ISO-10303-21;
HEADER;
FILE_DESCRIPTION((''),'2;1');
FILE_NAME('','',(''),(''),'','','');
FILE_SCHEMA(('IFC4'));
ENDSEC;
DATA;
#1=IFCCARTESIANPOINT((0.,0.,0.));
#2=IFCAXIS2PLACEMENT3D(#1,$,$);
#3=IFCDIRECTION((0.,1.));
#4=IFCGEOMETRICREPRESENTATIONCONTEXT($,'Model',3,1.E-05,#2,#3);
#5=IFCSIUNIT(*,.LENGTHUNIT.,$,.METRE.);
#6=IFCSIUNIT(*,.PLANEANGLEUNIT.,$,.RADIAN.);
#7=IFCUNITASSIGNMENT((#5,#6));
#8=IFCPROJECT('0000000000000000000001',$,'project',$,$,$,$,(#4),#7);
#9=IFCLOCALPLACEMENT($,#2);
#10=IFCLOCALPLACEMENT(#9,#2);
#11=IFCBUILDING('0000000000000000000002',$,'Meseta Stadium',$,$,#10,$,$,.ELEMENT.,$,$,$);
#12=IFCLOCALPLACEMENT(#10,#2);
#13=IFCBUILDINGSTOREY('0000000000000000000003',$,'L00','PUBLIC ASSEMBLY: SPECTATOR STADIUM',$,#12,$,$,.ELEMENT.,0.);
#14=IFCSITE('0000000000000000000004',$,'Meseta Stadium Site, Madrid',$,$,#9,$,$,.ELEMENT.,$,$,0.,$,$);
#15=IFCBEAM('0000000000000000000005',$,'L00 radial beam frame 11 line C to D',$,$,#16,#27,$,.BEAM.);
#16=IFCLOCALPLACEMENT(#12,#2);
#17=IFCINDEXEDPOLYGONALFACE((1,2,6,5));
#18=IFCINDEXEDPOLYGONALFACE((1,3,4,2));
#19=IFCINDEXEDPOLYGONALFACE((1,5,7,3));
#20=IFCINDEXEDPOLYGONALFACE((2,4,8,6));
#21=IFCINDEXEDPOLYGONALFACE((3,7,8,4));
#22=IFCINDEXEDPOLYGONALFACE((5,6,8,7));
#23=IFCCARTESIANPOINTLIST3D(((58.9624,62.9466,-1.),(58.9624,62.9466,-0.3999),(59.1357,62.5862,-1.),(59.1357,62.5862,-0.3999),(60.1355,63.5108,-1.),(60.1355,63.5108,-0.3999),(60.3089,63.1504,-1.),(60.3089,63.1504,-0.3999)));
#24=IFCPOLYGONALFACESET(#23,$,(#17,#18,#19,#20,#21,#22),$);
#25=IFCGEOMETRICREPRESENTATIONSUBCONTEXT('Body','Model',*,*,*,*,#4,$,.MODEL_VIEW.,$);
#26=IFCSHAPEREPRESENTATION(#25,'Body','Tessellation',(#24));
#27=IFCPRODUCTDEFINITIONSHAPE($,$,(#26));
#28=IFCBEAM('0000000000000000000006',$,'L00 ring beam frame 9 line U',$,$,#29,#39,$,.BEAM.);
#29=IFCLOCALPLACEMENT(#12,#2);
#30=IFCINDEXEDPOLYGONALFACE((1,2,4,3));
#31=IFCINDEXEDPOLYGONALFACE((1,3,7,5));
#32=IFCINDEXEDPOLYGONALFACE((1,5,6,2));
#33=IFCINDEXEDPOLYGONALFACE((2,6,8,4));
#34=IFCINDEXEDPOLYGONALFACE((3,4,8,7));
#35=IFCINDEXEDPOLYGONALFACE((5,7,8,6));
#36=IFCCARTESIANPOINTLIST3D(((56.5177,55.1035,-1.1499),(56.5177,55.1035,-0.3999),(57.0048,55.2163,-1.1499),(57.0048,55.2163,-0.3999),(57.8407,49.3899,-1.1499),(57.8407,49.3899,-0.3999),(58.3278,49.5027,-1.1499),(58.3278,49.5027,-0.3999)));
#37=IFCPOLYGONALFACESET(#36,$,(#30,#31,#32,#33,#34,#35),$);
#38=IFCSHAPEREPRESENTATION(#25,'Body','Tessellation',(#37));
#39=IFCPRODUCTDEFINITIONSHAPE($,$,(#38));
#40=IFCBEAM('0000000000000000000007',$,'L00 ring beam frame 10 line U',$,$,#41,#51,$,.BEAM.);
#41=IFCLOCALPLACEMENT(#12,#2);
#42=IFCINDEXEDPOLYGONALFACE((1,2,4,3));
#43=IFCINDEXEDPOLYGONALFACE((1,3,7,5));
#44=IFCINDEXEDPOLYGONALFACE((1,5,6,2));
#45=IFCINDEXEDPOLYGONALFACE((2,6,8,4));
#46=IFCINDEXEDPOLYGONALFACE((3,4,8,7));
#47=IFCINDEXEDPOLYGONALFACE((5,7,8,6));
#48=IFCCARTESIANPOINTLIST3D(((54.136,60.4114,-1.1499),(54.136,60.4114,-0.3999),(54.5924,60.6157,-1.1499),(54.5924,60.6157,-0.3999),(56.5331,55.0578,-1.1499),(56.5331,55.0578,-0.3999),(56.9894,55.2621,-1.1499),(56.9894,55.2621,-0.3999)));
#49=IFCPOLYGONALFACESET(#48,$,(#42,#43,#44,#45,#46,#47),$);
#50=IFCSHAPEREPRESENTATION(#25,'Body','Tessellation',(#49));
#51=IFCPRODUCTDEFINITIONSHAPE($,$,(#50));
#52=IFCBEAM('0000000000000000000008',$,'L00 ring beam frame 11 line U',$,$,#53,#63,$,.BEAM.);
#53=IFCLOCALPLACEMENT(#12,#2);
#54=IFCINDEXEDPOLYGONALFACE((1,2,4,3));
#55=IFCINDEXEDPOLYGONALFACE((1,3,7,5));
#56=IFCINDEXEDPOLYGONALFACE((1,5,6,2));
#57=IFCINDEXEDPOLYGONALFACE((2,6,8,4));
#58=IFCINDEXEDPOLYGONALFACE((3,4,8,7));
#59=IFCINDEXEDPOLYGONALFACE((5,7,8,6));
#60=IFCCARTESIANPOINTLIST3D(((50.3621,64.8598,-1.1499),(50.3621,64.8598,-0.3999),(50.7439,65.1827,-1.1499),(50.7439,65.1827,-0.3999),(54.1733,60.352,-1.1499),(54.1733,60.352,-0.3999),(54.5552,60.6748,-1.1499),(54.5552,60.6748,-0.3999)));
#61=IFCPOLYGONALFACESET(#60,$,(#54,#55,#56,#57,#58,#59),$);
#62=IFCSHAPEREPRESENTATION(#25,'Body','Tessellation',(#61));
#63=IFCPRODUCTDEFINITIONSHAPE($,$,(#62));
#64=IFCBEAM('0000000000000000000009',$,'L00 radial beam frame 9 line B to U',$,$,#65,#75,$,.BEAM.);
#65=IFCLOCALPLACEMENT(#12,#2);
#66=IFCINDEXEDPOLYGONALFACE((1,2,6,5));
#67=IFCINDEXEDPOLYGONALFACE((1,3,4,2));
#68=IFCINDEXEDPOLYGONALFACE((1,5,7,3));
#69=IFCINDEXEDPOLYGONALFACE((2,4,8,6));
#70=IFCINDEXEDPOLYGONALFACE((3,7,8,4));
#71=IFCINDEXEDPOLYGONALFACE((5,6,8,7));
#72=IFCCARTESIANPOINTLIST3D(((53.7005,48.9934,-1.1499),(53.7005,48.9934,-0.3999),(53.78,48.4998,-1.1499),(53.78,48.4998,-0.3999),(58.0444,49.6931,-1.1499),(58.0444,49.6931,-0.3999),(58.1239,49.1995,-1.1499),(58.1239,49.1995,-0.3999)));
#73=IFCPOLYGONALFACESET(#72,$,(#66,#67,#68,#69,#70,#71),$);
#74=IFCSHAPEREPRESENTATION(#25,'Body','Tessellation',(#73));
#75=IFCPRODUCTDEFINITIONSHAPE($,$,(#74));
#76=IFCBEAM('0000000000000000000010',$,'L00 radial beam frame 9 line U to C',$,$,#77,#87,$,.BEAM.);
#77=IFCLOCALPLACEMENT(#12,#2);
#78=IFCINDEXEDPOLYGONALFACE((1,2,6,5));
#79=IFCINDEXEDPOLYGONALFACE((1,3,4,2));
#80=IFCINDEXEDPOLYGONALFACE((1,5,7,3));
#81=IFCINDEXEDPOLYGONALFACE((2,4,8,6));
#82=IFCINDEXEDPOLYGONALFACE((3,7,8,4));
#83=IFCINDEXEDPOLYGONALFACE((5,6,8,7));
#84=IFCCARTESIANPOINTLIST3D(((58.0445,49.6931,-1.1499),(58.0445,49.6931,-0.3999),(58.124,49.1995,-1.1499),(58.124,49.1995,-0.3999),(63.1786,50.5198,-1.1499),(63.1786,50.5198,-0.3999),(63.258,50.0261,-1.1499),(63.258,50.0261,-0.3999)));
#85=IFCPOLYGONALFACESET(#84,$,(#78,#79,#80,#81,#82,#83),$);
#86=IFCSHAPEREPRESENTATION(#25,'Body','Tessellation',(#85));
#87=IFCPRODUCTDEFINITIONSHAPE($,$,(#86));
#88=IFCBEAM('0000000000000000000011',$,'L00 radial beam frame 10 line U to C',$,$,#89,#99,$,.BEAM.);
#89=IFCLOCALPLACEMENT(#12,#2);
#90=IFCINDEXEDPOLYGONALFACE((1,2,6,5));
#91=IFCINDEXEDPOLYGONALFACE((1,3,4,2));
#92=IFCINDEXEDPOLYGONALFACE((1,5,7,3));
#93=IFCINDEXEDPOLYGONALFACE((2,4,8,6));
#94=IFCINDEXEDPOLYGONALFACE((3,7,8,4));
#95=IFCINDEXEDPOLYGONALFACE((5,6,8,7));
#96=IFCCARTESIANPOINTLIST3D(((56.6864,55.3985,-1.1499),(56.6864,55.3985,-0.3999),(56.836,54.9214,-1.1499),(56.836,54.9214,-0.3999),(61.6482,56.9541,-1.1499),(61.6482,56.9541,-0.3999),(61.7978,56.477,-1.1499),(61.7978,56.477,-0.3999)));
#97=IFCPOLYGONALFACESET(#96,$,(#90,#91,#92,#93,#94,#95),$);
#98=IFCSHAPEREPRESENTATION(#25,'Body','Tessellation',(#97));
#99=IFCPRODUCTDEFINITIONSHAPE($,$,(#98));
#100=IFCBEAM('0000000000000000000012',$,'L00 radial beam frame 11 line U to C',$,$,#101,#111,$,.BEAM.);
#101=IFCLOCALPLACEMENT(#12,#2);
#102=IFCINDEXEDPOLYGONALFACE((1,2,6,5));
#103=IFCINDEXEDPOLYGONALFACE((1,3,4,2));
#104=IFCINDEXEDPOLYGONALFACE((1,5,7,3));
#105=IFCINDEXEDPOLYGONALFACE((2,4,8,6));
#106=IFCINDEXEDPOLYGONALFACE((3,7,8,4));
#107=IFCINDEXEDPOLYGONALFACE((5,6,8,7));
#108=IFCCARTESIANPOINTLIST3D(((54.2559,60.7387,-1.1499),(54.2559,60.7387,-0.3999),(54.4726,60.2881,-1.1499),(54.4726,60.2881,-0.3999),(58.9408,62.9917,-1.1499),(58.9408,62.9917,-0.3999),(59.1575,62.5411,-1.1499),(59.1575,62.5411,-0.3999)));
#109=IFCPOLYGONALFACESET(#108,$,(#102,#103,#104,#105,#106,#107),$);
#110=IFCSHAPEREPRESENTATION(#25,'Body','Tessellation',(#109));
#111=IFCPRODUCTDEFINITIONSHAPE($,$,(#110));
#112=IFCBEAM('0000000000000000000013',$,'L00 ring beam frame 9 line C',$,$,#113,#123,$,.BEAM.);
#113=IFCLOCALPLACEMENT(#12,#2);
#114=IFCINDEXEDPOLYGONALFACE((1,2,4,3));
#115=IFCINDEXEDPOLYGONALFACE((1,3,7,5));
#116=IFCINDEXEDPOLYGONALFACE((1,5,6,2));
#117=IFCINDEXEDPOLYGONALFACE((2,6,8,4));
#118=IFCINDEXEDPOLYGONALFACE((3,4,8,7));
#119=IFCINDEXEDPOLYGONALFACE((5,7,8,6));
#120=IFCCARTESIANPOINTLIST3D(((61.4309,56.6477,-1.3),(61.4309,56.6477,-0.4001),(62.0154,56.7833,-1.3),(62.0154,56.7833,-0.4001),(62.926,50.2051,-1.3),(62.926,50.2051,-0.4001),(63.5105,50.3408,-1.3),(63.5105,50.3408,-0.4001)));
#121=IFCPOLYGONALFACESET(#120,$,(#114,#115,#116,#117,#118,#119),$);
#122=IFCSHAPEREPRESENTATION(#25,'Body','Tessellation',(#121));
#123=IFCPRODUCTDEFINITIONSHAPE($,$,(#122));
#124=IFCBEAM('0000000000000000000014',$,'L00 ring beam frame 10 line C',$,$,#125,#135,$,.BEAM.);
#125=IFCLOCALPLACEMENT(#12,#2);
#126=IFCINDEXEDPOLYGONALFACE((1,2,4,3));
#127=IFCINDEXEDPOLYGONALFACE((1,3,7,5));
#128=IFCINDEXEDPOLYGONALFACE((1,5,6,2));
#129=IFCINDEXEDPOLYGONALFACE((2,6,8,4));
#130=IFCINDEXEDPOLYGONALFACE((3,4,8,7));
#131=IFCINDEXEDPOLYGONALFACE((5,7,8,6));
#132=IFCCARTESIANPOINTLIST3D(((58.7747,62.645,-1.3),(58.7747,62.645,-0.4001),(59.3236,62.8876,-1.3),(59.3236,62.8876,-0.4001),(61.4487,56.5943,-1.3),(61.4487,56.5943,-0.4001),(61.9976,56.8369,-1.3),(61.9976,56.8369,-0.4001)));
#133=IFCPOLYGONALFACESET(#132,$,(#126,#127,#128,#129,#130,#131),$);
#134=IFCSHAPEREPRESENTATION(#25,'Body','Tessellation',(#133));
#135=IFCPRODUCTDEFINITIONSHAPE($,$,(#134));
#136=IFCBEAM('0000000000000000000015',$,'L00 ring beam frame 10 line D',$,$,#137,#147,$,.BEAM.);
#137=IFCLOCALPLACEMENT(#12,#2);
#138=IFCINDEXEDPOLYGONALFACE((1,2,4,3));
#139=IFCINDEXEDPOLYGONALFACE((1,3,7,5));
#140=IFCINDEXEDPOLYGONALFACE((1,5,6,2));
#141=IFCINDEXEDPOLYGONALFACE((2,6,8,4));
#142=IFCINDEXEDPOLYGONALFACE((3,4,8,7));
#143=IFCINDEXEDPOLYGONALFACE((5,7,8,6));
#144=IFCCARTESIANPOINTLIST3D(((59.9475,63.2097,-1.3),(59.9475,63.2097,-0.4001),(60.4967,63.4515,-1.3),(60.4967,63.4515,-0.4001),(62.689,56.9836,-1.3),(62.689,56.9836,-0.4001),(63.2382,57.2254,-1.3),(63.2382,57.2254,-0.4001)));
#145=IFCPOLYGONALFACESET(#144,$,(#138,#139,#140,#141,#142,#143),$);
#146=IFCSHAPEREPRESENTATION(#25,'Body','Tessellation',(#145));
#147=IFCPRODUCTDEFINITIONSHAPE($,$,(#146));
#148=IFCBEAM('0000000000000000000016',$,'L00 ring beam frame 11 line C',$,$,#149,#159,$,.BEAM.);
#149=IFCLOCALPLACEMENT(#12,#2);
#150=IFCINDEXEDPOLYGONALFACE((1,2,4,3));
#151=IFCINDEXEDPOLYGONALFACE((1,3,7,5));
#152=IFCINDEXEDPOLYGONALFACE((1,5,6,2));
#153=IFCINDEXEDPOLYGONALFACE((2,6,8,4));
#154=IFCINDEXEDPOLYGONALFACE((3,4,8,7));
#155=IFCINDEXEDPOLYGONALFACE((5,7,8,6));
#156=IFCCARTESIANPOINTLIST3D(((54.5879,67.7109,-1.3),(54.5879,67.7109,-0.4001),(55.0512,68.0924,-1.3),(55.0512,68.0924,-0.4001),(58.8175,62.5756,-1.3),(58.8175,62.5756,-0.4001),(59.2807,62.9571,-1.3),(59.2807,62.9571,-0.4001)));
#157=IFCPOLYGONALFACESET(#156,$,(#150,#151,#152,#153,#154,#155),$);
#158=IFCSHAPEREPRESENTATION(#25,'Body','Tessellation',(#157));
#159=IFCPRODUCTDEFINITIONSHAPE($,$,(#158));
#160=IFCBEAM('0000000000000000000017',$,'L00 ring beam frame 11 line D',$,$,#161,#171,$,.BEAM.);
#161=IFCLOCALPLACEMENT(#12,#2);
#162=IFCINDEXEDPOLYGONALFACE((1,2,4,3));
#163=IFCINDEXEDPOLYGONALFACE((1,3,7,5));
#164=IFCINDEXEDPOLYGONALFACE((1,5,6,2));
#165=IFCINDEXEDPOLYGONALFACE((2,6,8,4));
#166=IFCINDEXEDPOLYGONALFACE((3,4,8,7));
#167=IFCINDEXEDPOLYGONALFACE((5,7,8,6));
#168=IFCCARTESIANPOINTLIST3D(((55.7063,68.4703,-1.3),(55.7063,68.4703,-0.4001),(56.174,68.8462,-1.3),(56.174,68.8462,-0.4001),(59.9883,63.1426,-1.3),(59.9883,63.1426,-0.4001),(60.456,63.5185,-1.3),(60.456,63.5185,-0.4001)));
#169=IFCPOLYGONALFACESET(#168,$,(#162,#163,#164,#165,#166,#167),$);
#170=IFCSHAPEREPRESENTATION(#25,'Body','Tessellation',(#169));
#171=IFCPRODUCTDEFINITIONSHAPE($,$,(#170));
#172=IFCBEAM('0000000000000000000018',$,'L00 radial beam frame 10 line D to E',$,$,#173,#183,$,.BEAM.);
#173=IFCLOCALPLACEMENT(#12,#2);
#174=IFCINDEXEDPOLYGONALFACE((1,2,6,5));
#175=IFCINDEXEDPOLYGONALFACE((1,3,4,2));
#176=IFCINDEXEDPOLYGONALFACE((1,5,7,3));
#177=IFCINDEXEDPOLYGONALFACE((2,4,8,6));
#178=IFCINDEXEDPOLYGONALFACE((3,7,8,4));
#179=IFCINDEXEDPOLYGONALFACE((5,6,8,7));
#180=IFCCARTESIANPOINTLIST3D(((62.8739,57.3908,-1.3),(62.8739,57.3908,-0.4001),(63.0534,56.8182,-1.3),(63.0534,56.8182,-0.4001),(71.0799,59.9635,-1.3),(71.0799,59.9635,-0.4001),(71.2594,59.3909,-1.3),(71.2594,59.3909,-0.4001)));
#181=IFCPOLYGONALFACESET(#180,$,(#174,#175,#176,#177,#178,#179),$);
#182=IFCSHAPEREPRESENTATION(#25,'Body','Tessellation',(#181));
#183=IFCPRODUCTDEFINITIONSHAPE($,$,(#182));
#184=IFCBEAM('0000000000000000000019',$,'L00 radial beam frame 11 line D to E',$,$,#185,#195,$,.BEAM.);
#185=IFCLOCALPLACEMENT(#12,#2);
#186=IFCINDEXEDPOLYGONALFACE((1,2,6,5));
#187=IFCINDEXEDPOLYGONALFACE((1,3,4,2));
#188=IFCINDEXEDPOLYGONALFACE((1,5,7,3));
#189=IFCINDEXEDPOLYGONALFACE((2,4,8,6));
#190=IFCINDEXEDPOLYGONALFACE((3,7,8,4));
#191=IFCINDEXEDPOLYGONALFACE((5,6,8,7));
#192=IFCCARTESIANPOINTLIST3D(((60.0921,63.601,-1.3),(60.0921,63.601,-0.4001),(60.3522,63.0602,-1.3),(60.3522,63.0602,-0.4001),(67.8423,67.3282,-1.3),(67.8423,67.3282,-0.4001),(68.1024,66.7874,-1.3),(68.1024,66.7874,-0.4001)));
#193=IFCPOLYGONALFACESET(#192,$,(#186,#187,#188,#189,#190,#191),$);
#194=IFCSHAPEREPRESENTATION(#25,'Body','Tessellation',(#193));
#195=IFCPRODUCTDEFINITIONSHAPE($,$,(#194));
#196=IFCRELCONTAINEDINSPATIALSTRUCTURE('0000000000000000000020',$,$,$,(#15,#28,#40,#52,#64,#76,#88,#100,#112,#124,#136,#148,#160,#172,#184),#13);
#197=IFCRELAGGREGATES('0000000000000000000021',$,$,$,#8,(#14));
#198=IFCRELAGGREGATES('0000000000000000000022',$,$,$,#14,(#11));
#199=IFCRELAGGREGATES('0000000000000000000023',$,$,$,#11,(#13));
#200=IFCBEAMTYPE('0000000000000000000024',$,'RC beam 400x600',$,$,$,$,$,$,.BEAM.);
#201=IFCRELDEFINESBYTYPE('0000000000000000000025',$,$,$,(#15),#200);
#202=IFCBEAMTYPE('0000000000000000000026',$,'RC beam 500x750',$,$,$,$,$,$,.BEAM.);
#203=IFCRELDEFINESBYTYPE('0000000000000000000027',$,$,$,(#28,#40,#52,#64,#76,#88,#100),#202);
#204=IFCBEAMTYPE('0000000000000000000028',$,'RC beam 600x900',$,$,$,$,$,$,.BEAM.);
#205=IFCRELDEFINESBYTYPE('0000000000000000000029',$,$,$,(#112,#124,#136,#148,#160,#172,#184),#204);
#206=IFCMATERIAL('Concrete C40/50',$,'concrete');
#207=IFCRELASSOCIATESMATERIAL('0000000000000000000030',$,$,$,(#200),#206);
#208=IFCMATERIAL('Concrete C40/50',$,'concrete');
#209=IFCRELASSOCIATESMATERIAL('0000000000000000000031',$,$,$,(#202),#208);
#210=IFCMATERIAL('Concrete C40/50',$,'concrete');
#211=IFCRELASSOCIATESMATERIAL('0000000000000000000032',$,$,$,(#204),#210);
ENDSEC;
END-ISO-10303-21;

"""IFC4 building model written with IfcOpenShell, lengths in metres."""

from ifc_helpers import new_model, si_unit, direction, frame, origin, origin_2d, place, context, subcontext, project, spatial, rectangle, extrude, material, material_profile, profile_set, type_object, element, save


model = new_model("IFC4")

# Units and contexts
model_context = context("Model", 3, precision=1e-05, world=origin(), true_north=direction((0.0, 1.0)))
body_context = subcontext(model_context, "Body", "Model", "MODEL_VIEW")
ifc_project = project(units=[si_unit("LENGTHUNIT", "METRE"), si_unit("PLANEANGLEUNIT", "RADIAN")], contexts=[model_context])

# Site, building, storey
site_placement = place(None, origin())
site = spatial("IfcSite", under=ifc_project, at=site_placement, Name="Meseta Stadium Site, Madrid", CompositionType="ELEMENT", RefElevation=0.0)
building_placement = place(site_placement, origin())
building = spatial("IfcBuilding", under=site, at=building_placement, Name="Meseta Stadium", CompositionType="ELEMENT")
storey_placement = place(building_placement, origin())
storey = spatial("IfcBuildingStorey", under=building, at=storey_placement, Name="L00", Description="PUBLIC ASSEMBLY: SPECTATOR STADIUM", CompositionType="ELEMENT", Elevation=0.0)

# Beams
ifc_material_1 = material(Name="Concrete C40/50", Category="concrete")
ifc_material_profile_1 = material_profile(ifc_material_1, rectangle(XDim=0.3999, YDim=0.6001, at=origin_2d()), Name="RC 400x600")
ifc_profile_set_1 = profile_set([ifc_material_profile_1], Name="Concrete C40/50")
beam_type_1 = type_object("IfcBeamType", Name="RC beam 400x600", PredefinedType="BEAM", material=ifc_profile_set_1)
beam_1_placement = place(storey_placement, frame((59.0491, 62.7664, -0.7), z_axis=(0.901186, 0.433432, 0.0), x_axis=(-0.433432, 0.901186, 0.0)))
element("IfcBeam", 1, at=beam_1_placement, inside=storey, type_object=beam_type_1, Name="L00 radial beam frame 11 line C to D", PredefinedType="BEAM", context=body_context, shape_type="SweptSolid", body=[
    extrude(rectangle(XDim=0.3999, YDim=0.6001, at=origin_2d()), origin(), (0.0, 0.0, 1.0), 1.3018),
])
ifc_material_2 = material(Name="Concrete C40/50", Category="concrete")
ifc_material_profile_2 = material_profile(ifc_material_2, rectangle(XDim=0.5, YDim=0.75, at=origin_2d()), Name="RC 500x750")
ifc_profile_set_2 = profile_set([ifc_material_profile_2], Name="Concrete C40/50")
beam_type_2 = type_object("IfcBeamType", Name="RC beam 500x750", PredefinedType="BEAM", material=ifc_profile_set_2)
beam_2_placement = place(storey_placement, frame((58.0842, 49.4463, -0.7749), z_axis=(-0.225583, 0.974224, 0.0), x_axis=(-0.974224, -0.225583, 0.0)))
element("IfcBeam", 2, at=beam_2_placement, inside=storey, type_object=beam_type_2, Name="L00 ring beam frame 9 line U", PredefinedType="BEAM", context=body_context, shape_type="SweptSolid", body=[
    extrude(rectangle(XDim=0.5, YDim=0.75, at=origin_2d()), origin(), (0.0, 0.0, 1.0), 5.8647),
])
beam_3_placement = place(storey_placement, frame((56.7612, 55.1599, -0.7749), z_axis=(-0.408647, 0.912692, 0.0), x_axis=(-0.912692, -0.408647, 0.0)))
element("IfcBeam", 3, at=beam_3_placement, inside=storey, type_object=beam_type_2, Name="L00 ring beam frame 10 line U", PredefinedType="BEAM", context=body_context, shape_type="SweptSolid", body=[
    extrude(rectangle(XDim=0.5, YDim=0.75, at=origin_2d()), origin(), (0.0, 0.0, 1.0), 5.8657),
])
beam_4_placement = place(storey_placement, frame((54.3643, 60.5134, -0.7749), z_axis=(-0.645644, 0.763639, 0.0), x_axis=(-0.763639, -0.645644, 0.0)))
element("IfcBeam", 4, at=beam_4_placement, inside=storey, type_object=beam_type_2, Name="L00 ring beam frame 11 line U", PredefinedType="BEAM", context=body_context, shape_type="SweptSolid", body=[
    extrude(rectangle(XDim=0.5, YDim=0.75, at=origin_2d()), origin(), (0.0, 0.0, 1.0), 5.9031),
])
beam_5_placement = place(storey_placement, frame((53.7402, 48.7466, -0.7749), z_axis=(0.987275, 0.159025, 0.0), x_axis=(-0.159025, 0.987275, 0.0)))
element("IfcBeam", 5, at=beam_5_placement, inside=storey, type_object=beam_type_2, Name="L00 radial beam frame 9 line B to U", PredefinedType="BEAM", context=body_context, shape_type="SweptSolid", body=[
    extrude(rectangle(XDim=0.5, YDim=0.75, at=origin_2d()), origin(), (0.0, 0.0, 1.0), 4.3999),
])
beam_6_placement = place(storey_placement, frame((58.0842, 49.4463, -0.7749), z_axis=(0.987284, 0.158968, 0.0), x_axis=(-0.158968, 0.987284, 0.0)))
element("IfcBeam", 6, at=beam_6_placement, inside=storey, type_object=beam_type_2, Name="L00 radial beam frame 9 line U to C", PredefinedType="BEAM", context=body_context, shape_type="SweptSolid", body=[
    extrude(rectangle(XDim=0.5, YDim=0.75, at=origin_2d()), origin(), (0.0, 0.0, 1.0), 5.2002),
])
beam_7_placement = place(storey_placement, frame((56.7612, 55.1599, -0.7749), z_axis=(0.954202, 0.299162, 0.0), x_axis=(-0.299162, 0.954202, 0.0)))
element("IfcBeam", 7, at=beam_7_placement, inside=storey, type_object=beam_type_2, Name="L00 radial beam frame 10 line U to C", PredefinedType="BEAM", context=body_context, shape_type="SweptSolid", body=[
    extrude(rectangle(XDim=0.5, YDim=0.75, at=origin_2d()), origin(), (0.0, 0.0, 1.0), 5.2),
])
beam_8_placement = place(storey_placement, frame((54.3643, 60.5134, -0.7749), z_axis=(0.901206, 0.433391, 0.0), x_axis=(-0.433391, 0.901206, 0.0)))
element("IfcBeam", 8, at=beam_8_placement, inside=storey, type_object=beam_type_2, Name="L00 radial beam frame 11 line U to C", PredefinedType="BEAM", context=body_context, shape_type="SweptSolid", body=[
    extrude(rectangle(XDim=0.5, YDim=0.75, at=origin_2d()), origin(), (0.0, 0.0, 1.0), 5.1985),
])
ifc_material_3 = material(Name="Concrete C40/50", Category="concrete")
ifc_material_profile_3 = material_profile(ifc_material_3, rectangle(XDim=0.6001, YDim=0.8999, at=origin_2d()), Name="RC 600x900")
ifc_profile_set_3 = profile_set([ifc_material_profile_3], Name="Concrete C40/50")
beam_type_3 = type_object("IfcBeamType", Name="RC beam 600x900", PredefinedType="BEAM", material=ifc_profile_set_3)
beam_9_placement = place(storey_placement, frame((63.2183, 50.2729, -0.8501), z_axis=(-0.226059, 0.974114, 0.0), x_axis=(-0.974114, -0.226059, 0.0)))
element("IfcBeam", 9, at=beam_9_placement, inside=storey, type_object=beam_type_3, Name="L00 ring beam frame 9 line C", PredefinedType="BEAM", context=body_context, shape_type="SweptSolid", body=[
    extrude(rectangle(XDim=0.6001, YDim=0.8999, at=origin_2d()), origin(), (0.0, 0.0, 1.0), 6.6138),
])
beam_10_placement = place(storey_placement, frame((61.7231, 56.7156, -0.8501), z_axis=(-0.404223, 0.91466, 0.0), x_axis=(-0.91466, -0.404223, 0.0)))
element("IfcBeam", 10, at=beam_10_placement, inside=storey, type_object=beam_type_3, Name="L00 ring beam frame 10 line C", PredefinedType="BEAM", context=body_context, shape_type="SweptSolid", body=[
    extrude(rectangle(XDim=0.6001, YDim=0.8999, at=origin_2d()), origin(), (0.0, 0.0, 1.0), 6.6152),
])
beam_11_placement = place(storey_placement, frame((62.9636, 57.1045, -0.8501), z_axis=(-0.402983, 0.915208, 0.0), x_axis=(-0.915208, -0.402983, 0.0)))
element("IfcBeam", 11, at=beam_11_placement, inside=storey, type_object=beam_type_3, Name="L00 ring beam frame 10 line D", PredefinedType="BEAM", context=body_context, shape_type="SweptSolid", body=[
    extrude(rectangle(XDim=0.6001, YDim=0.8999, at=origin_2d()), origin(), (0.0, 0.0, 1.0), 6.803),
])
beam_12_placement = place(storey_placement, frame((59.0491, 62.7664, -0.8501), z_axis=(-0.635748, 0.771896, 0.0), x_axis=(-0.771896, -0.635748, 0.0)))
element("IfcBeam", 12, at=beam_12_placement, inside=storey, type_object=beam_type_3, Name="L00 ring beam frame 11 line C", PredefinedType="BEAM", context=body_context, shape_type="SweptSolid", body=[
    extrude(rectangle(XDim=0.6001, YDim=0.8999, at=origin_2d()), origin(), (0.0, 0.0, 1.0), 6.6528),
])
beam_13_placement = place(storey_placement, frame((60.2222, 63.3306, -0.8501), z_axis=(-0.626466, 0.779449, 0.0), x_axis=(-0.779449, -0.626466, 0.0)))
element("IfcBeam", 13, at=beam_13_placement, inside=storey, type_object=beam_type_3, Name="L00 ring beam frame 11 line D", PredefinedType="BEAM", context=body_context, shape_type="SweptSolid", body=[
    extrude(rectangle(XDim=0.6001, YDim=0.8999, at=origin_2d()), origin(), (0.0, 0.0, 1.0), 6.8352),
])
for number, where, z_axis, x_axis, name in (
    (14, (62.9636, 57.1045, -0.8501), (0.954203, 0.299161, 0.0), (-0.299161, 0.954203, 0.0), "L00 radial beam frame 10 line D to E"),
    (15, (60.2222, 63.3306, -0.8501), (0.901197, 0.433409, 0.0), (-0.433409, 0.901197, 0.0), "L00 radial beam frame 11 line D to E"),
):
    element("IfcBeam", number, at=place(storey_placement, frame(where, z_axis=z_axis, x_axis=x_axis)), inside=storey, type_object=beam_type_3, Name=name, PredefinedType="BEAM", context=body_context, shape_type="SweptSolid", body=[
        extrude(rectangle(XDim=0.6001, YDim=0.8999, at=origin_2d()), origin(), (0.0, 0.0, 1.0), 8.5999),
    ])

save(model, "model.ifc")
